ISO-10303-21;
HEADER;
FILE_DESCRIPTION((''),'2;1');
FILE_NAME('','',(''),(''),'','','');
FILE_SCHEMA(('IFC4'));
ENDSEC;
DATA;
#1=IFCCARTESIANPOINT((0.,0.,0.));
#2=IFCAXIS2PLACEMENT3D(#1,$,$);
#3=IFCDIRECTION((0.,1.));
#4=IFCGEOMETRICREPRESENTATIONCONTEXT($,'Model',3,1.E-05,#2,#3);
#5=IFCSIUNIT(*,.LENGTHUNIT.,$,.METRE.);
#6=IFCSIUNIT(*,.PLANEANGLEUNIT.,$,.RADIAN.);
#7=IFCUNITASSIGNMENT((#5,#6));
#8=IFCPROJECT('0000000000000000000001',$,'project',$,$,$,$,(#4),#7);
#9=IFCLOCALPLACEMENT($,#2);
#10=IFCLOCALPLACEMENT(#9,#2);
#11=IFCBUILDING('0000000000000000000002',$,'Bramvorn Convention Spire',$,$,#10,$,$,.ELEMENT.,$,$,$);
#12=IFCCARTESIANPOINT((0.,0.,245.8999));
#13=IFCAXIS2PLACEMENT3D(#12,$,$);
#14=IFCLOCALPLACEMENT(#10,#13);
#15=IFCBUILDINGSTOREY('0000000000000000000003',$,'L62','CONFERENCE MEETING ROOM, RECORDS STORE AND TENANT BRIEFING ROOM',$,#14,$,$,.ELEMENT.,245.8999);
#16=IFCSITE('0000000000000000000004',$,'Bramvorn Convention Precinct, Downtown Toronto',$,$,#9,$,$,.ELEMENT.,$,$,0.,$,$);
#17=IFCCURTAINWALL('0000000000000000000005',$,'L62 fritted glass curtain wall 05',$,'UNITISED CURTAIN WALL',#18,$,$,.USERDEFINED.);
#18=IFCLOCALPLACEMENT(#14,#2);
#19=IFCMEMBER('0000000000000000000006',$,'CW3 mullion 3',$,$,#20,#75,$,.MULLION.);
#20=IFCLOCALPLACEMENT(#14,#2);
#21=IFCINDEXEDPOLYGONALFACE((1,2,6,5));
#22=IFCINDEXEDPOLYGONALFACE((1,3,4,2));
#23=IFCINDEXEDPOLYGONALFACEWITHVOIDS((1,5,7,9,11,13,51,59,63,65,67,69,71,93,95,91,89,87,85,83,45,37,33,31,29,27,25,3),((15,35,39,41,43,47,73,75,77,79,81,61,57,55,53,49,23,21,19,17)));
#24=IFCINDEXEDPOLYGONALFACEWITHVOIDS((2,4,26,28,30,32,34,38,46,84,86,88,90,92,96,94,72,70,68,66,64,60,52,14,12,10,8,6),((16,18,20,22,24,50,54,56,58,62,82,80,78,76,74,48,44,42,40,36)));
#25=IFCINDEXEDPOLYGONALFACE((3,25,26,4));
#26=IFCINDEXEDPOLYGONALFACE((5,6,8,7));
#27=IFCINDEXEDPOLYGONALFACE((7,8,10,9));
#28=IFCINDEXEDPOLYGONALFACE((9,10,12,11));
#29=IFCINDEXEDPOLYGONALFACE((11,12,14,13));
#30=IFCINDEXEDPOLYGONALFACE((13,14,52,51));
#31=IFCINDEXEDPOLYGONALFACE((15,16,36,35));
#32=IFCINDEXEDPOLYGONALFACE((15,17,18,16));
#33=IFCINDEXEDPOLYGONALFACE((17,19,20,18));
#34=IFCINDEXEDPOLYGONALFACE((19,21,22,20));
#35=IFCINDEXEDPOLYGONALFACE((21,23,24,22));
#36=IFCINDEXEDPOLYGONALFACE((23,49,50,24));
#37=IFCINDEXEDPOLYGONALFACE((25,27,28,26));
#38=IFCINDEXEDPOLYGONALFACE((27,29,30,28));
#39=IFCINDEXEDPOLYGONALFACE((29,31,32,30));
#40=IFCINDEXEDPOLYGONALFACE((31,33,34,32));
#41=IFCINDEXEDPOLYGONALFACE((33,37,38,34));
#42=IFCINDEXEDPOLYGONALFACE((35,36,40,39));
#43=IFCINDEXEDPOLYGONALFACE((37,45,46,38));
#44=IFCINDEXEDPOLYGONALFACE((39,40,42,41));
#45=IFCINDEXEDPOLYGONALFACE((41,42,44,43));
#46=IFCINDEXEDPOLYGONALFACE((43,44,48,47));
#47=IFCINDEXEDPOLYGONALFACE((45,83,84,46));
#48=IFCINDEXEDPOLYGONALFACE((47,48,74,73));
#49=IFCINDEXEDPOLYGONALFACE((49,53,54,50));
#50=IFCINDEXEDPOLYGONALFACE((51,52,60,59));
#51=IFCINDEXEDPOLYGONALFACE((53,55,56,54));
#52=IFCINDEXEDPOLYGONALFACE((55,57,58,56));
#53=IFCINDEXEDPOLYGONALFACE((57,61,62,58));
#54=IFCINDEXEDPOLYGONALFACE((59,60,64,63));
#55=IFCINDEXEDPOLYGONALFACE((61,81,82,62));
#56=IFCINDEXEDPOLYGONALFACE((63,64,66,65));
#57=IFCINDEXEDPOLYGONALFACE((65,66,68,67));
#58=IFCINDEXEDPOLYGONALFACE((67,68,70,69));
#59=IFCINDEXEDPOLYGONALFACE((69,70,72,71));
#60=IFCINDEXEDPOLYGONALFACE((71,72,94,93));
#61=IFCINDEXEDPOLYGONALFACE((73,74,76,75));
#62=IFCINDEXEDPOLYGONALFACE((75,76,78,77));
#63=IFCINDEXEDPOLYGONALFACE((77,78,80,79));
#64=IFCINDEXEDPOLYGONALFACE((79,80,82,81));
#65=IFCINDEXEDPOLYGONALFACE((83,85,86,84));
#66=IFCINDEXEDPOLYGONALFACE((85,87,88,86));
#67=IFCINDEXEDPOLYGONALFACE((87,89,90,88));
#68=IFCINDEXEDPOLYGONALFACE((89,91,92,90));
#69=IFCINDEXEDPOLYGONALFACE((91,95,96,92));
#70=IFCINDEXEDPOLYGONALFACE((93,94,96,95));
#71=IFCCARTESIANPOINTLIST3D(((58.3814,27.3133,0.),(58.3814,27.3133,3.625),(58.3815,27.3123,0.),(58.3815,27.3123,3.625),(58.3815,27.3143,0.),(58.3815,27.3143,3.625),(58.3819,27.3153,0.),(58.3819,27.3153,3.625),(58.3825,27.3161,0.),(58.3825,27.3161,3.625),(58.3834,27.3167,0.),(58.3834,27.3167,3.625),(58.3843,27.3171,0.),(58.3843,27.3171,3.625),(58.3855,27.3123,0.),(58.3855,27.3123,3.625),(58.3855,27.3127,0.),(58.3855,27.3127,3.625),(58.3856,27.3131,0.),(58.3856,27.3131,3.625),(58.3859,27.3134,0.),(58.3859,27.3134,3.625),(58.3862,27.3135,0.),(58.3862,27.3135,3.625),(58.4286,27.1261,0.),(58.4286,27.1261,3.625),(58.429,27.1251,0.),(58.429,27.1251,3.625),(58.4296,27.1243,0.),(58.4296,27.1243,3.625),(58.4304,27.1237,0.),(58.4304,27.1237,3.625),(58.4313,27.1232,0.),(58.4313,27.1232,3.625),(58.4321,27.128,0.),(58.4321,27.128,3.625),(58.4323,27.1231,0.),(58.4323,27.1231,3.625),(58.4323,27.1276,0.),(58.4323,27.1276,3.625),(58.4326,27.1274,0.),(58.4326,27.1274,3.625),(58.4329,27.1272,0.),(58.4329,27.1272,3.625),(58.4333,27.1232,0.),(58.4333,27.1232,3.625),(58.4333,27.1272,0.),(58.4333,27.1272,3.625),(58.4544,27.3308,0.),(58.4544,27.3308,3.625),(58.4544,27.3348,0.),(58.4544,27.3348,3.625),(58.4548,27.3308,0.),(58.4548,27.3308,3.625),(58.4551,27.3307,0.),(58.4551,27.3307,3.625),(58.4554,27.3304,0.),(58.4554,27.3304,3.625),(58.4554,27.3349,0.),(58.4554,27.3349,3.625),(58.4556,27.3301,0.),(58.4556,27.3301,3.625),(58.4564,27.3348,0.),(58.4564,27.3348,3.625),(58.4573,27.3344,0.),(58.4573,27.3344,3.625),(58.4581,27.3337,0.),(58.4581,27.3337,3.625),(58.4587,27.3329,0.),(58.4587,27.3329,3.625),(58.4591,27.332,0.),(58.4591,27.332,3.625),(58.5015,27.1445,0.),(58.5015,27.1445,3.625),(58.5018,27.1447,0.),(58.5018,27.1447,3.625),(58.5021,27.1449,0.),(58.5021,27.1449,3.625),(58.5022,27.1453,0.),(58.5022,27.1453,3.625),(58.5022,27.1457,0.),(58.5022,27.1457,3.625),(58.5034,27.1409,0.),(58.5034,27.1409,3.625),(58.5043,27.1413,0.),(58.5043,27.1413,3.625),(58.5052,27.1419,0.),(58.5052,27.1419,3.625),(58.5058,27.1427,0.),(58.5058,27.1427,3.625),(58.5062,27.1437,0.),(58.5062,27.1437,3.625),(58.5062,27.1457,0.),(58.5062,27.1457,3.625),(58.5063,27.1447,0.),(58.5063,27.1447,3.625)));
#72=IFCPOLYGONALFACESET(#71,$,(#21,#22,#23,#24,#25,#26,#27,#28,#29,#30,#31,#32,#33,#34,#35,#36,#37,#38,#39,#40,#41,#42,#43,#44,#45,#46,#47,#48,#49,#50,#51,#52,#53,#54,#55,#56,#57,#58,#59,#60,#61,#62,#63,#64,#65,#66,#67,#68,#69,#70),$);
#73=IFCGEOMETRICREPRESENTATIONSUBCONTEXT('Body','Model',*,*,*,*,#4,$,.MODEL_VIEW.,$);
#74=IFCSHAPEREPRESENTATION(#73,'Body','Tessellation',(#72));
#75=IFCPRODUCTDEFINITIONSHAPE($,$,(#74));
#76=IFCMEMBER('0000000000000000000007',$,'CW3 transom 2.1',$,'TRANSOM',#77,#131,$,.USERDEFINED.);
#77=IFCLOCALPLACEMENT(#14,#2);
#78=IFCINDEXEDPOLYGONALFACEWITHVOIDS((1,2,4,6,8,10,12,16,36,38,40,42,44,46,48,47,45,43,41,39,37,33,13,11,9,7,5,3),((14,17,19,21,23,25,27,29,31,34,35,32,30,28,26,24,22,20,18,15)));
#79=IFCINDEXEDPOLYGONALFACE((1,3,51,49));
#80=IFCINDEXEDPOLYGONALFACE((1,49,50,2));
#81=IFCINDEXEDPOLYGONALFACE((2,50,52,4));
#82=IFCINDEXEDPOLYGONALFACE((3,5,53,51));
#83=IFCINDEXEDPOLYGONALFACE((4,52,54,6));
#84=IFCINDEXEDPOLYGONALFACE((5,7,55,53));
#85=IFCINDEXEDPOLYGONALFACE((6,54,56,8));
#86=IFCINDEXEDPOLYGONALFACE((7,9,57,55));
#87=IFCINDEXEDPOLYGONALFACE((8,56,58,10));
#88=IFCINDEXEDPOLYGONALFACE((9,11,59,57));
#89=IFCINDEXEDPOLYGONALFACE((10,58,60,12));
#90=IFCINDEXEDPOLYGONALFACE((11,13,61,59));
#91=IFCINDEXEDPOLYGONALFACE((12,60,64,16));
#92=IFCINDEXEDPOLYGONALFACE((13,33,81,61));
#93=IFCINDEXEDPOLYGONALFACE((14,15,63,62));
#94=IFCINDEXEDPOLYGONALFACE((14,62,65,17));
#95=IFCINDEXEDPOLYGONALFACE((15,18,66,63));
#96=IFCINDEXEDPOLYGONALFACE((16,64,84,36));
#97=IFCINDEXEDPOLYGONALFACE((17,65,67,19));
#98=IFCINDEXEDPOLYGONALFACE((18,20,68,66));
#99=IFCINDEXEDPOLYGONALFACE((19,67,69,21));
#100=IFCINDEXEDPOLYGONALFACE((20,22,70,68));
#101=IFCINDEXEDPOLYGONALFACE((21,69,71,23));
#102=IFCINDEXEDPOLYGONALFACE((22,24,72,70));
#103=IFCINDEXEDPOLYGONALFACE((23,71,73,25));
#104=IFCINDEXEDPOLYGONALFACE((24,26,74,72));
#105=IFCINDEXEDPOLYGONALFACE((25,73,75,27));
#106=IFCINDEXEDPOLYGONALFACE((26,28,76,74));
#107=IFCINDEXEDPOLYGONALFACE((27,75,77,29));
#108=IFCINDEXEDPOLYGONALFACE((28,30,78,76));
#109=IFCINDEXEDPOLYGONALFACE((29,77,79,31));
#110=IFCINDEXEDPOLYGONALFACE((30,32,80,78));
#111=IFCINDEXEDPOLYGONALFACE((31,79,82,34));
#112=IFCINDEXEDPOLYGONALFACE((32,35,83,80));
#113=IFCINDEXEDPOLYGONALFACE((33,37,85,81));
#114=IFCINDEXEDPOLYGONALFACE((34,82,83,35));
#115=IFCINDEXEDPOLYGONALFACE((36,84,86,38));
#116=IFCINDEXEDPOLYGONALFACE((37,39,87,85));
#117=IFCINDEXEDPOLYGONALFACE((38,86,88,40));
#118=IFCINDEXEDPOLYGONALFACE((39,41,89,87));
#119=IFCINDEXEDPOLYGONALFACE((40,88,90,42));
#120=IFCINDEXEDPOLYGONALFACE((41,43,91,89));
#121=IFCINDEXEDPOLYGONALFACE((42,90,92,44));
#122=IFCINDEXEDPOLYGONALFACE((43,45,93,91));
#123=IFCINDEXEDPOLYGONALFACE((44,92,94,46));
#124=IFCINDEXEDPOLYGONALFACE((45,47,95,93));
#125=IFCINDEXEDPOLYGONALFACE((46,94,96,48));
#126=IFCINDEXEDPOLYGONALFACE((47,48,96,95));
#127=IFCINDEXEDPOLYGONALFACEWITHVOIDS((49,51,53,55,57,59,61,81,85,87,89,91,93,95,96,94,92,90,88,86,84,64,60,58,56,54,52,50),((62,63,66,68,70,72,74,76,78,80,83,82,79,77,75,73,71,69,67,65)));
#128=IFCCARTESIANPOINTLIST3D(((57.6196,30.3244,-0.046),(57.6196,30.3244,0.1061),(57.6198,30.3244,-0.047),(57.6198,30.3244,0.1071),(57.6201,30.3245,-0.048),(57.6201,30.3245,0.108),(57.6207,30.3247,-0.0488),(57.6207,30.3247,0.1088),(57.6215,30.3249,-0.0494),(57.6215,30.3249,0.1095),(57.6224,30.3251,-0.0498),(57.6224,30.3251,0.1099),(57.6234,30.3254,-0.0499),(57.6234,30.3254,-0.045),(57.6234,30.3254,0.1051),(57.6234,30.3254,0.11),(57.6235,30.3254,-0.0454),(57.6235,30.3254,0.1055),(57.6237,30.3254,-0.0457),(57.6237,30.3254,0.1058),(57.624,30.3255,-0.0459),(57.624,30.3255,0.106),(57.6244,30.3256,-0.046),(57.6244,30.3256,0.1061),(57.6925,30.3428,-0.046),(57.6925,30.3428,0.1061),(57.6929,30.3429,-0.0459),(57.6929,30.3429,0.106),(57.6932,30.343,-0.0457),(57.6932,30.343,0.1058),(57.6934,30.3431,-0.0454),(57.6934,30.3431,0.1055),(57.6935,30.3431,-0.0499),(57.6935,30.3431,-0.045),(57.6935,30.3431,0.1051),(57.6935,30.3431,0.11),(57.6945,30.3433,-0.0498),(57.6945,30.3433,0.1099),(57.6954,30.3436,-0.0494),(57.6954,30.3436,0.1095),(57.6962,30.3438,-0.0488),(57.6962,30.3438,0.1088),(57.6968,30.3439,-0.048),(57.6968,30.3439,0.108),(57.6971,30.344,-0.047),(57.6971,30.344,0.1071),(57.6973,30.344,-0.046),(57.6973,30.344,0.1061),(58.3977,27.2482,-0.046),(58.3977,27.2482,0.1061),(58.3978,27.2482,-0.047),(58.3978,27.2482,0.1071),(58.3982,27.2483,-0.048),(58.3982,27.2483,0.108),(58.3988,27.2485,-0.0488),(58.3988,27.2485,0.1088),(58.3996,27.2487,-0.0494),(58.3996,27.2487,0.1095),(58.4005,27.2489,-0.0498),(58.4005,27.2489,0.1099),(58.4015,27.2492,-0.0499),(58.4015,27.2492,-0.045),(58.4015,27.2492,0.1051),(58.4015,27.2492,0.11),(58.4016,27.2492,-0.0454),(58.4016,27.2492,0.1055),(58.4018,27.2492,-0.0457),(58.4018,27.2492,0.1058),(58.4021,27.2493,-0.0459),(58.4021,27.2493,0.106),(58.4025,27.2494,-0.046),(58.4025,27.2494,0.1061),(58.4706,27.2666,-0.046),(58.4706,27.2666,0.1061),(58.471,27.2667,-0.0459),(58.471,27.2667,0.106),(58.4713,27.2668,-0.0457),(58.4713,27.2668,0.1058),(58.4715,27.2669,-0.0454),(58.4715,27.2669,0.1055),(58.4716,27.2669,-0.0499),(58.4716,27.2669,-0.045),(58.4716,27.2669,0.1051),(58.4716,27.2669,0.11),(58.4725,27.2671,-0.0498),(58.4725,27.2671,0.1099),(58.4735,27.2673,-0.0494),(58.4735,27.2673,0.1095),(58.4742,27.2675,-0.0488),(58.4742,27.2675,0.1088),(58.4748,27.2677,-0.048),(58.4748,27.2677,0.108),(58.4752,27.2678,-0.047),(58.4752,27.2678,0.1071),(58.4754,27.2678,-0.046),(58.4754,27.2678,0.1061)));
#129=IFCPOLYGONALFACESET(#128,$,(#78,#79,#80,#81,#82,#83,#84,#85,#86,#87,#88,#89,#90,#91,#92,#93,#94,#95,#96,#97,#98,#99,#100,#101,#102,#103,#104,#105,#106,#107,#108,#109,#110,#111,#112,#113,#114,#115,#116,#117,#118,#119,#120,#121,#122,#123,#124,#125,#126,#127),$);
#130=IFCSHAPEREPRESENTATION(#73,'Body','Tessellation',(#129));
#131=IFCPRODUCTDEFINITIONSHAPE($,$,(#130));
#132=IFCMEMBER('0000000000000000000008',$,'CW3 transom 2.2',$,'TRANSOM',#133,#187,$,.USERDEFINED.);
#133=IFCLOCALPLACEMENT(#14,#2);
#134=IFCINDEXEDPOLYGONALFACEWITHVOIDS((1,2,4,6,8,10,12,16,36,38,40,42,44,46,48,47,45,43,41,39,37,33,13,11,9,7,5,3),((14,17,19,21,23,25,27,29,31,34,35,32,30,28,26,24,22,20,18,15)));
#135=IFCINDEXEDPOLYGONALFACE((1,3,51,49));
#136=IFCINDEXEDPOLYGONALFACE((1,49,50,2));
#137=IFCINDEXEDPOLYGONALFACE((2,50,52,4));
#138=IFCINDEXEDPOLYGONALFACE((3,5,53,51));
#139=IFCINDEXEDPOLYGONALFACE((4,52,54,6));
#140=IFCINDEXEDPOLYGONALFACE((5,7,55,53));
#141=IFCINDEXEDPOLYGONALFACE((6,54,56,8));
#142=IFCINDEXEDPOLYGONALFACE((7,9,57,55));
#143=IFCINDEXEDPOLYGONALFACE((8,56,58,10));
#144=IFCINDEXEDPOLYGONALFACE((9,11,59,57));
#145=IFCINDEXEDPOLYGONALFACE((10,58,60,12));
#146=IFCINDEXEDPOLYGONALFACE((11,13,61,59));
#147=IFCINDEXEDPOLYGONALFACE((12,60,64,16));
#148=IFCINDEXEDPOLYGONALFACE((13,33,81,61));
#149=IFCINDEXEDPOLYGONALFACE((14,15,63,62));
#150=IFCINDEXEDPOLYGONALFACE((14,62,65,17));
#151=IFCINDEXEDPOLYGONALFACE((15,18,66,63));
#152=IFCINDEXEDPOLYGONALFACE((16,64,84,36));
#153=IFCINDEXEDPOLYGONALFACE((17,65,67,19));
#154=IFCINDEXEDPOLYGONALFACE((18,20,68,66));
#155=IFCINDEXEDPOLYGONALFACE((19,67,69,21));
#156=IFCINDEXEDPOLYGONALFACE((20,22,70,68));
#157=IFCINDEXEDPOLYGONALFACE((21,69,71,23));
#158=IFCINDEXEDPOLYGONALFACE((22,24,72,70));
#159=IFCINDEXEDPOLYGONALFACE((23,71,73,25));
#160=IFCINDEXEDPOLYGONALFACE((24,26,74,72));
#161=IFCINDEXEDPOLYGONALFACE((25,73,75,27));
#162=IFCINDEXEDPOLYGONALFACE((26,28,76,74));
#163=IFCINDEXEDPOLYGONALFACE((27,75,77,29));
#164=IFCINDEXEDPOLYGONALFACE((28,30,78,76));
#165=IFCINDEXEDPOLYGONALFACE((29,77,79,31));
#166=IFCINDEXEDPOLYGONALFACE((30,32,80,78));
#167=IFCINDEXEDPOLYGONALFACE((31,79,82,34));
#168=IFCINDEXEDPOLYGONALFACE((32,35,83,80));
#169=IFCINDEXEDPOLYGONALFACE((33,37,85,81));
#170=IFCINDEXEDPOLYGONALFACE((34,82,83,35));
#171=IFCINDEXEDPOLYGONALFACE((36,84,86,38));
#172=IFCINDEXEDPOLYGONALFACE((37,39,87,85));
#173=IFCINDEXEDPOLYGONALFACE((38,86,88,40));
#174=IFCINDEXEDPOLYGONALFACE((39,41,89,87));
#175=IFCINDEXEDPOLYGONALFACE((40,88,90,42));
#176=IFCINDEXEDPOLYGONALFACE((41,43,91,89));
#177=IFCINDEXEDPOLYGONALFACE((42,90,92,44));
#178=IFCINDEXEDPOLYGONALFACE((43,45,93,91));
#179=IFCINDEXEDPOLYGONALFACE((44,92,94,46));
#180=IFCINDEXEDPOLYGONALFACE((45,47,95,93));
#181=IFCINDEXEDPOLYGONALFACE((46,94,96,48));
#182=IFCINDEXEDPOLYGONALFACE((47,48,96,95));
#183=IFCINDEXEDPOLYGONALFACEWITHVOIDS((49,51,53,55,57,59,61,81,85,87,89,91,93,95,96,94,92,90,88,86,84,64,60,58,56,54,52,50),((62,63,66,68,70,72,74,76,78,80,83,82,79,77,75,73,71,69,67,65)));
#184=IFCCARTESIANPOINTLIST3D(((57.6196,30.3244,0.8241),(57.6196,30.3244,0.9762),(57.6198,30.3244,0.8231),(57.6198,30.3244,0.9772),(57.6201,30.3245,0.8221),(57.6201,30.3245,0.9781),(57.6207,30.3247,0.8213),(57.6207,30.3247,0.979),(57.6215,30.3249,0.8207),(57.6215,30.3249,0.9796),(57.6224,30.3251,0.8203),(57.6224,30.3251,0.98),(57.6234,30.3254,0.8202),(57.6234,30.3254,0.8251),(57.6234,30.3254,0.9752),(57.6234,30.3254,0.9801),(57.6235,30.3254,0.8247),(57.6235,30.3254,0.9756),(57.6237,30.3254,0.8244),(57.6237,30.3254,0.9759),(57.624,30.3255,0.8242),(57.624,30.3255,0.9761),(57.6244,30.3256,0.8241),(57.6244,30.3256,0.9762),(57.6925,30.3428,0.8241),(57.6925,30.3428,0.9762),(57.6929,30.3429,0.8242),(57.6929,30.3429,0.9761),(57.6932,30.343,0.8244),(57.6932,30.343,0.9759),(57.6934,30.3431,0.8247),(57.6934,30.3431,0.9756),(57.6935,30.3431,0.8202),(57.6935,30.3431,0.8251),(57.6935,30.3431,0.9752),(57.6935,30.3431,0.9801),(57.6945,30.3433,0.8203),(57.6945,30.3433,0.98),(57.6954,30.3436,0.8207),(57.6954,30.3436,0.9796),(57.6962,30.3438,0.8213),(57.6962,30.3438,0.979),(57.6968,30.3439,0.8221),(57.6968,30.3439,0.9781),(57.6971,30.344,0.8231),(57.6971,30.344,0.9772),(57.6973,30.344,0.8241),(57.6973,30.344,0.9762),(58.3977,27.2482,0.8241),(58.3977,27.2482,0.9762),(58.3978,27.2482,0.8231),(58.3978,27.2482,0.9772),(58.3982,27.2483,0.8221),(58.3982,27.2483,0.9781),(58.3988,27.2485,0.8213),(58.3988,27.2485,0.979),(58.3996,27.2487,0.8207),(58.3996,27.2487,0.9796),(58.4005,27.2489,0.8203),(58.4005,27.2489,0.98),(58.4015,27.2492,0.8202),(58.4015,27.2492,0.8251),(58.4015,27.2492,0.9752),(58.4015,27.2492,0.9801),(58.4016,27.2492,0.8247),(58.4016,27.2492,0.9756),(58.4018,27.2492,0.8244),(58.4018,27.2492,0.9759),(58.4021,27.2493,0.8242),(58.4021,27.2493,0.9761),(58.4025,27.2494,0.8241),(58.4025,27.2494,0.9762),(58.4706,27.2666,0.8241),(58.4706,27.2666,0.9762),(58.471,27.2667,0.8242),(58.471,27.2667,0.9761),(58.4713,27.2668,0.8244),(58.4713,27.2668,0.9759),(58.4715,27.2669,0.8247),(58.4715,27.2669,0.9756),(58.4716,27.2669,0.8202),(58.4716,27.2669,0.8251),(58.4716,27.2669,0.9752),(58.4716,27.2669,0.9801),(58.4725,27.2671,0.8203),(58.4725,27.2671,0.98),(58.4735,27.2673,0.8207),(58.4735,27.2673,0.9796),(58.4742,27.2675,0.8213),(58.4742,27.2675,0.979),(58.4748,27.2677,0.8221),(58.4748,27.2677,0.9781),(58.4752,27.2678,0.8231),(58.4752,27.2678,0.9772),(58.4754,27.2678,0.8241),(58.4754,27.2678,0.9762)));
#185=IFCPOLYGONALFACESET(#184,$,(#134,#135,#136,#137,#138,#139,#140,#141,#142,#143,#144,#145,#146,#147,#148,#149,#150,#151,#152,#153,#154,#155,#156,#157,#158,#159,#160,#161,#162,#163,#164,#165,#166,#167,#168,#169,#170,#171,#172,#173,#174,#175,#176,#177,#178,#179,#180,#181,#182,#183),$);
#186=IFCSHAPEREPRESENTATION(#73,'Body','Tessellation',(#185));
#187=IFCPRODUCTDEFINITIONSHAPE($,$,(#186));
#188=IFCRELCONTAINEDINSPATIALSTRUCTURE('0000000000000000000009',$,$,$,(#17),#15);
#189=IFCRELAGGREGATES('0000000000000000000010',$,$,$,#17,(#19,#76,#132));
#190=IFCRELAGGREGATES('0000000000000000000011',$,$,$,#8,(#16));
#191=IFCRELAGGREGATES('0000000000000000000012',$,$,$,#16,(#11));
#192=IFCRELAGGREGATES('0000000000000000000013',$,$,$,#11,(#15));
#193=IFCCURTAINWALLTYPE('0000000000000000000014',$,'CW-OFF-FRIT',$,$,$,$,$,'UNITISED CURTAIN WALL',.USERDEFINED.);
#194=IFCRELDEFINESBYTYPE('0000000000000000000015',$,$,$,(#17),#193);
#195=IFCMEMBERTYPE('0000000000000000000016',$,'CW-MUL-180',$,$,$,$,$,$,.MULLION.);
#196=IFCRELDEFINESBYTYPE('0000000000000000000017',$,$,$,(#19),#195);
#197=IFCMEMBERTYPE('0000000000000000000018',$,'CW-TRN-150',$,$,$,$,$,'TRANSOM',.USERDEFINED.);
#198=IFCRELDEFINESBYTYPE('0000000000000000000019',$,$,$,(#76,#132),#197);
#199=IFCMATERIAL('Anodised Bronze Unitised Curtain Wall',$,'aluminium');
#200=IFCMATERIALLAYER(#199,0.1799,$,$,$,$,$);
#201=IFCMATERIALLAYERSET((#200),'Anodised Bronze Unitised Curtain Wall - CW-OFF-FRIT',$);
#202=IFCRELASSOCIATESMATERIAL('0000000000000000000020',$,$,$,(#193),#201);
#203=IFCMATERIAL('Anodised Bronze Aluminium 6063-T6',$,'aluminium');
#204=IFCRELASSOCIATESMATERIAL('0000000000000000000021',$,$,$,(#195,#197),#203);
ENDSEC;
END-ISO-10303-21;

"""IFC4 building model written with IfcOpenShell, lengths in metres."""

from ifc_helpers import new_model, si_unit, direction, frame, origin, origin_2d, place, context, subcontext, project, spatial, hollow_rectangle, extrude, material, layer, layer_set, material_profile, profile_set, type_object, element, aggregate, save


model = new_model("IFC4")

# Units and contexts
model_context = context("Model", 3, precision=1e-05, world=origin(), true_north=direction((0.0, 1.0)))
body_context = subcontext(model_context, "Body", "Model", "MODEL_VIEW")
ifc_project = project(units=[si_unit("LENGTHUNIT", "METRE"), si_unit("PLANEANGLEUNIT", "RADIAN")], contexts=[model_context])

# Site, building, storey
site_placement = place(None, origin())
site = spatial("IfcSite", under=ifc_project, at=site_placement, Name="Bramvorn Convention Precinct, Downtown Toronto", CompositionType="ELEMENT", RefElevation=0.0)
building_placement = place(site_placement, origin())
building = spatial("IfcBuilding", under=site, at=building_placement, Name="Bramvorn Convention Spire", CompositionType="ELEMENT")
storey_placement = place(building_placement, frame((0.0, 0.0, 245.8999)))
storey = spatial("IfcBuildingStorey", under=building, at=storey_placement, Name="L62", Description="CONFERENCE MEETING ROOM, RECORDS STORE AND TENANT BRIEFING ROOM", CompositionType="ELEMENT", Elevation=245.8999)

# Curtain wall, members
ifc_material_1 = material(Name="Anodised Bronze Unitised Curtain Wall", Category="aluminium")
ifc_layer_1 = layer(ifc_material_1, 0.1799)
ifc_layer_set_1 = layer_set([ifc_layer_1], Name="Anodised Bronze Unitised Curtain Wall - CW-OFF-FRIT")
curtain_wall_type = type_object("IfcCurtainWallType", Name="CW-OFF-FRIT", ElementType="UNITISED CURTAIN WALL", PredefinedType="USERDEFINED", material=ifc_layer_set_1)
curtain_wall_placement = place(storey_placement, origin())
curtain_wall = element("IfcCurtainWall", 1, at=curtain_wall_placement, inside=storey, type_object=curtain_wall_type, Name="L62 fritted glass curtain wall 05", ObjectType="UNITISED CURTAIN WALL", PredefinedType="USERDEFINED")
ifc_material_2 = material(Name="Anodised Bronze Aluminium 6063-T6", Category="aluminium")
ifc_material_profile_1 = material_profile(ifc_material_2, hollow_rectangle(XDim=0.0801, YDim=0.2, WallThickness=0.0039, InnerFilletRadius=0.001, OuterFilletRadius=0.0039, at=origin_2d()))
ifc_profile_set_1 = profile_set([ifc_material_profile_1], Name="Anodised Bronze Aluminium 6063-T6 - CWM80X200")
member_type_1 = type_object("IfcMemberType", Name="CW-MUL-180", PredefinedType="MULLION", material=ifc_profile_set_1)
member_1_placement = place(storey_placement, frame((58.4438, 27.229, 0.0), z_axis=(0.0, 0.0, 1.0), x_axis=(0.969477, 0.245181, 0.0)))
member_1 = element("IfcMember", 2, at=member_1_placement, type_object=member_type_1, Name="CW3 mullion 3", PredefinedType="MULLION", context=body_context, shape_type="SweptSolid", body=[
    extrude(hollow_rectangle(XDim=0.0801, YDim=0.2, WallThickness=0.0039, InnerFilletRadius=0.001, OuterFilletRadius=0.0039, at=origin_2d()), origin(), (0.0, 0.0, 1.0), 3.625),
])
ifc_material_profile_2 = material_profile(ifc_material_2, hollow_rectangle(XDim=0.0801, YDim=0.1599, WallThickness=0.0039, InnerFilletRadius=0.001, OuterFilletRadius=0.0039, at=origin_2d()))
ifc_profile_set_2 = profile_set([ifc_material_profile_2], Name="Anodised Bronze Aluminium 6063-T6 - CWT80X160")
member_type_2 = type_object("IfcMemberType", Name="CW-TRN-150", ElementType="TRANSOM", PredefinedType="USERDEFINED", material=ifc_profile_set_2)
member_2_placement = place(storey_placement, frame((57.6584, 30.3342, 0.03), z_axis=(0.245214, -0.969469, 0.0), x_axis=(0.969469, 0.245214, 0.0)))
member_2 = element("IfcMember", 3, at=member_2_placement, type_object=member_type_2, Name="CW3 transom 2.1", ObjectType="TRANSOM", PredefinedType="USERDEFINED", context=body_context, shape_type="SweptSolid", body=[
    extrude(hollow_rectangle(XDim=0.0801, YDim=0.1599, WallThickness=0.0039, InnerFilletRadius=0.001, OuterFilletRadius=0.0039, at=origin_2d()), origin(), (0.0, 0.0, 1.0), 3.1731),
])
member_3_placement = place(storey_placement, frame((57.6584, 30.3342, 0.9001), z_axis=(0.245214, -0.969469, 0.0), x_axis=(0.969469, 0.245214, 0.0)))
member_3 = element("IfcMember", 4, at=member_3_placement, type_object=member_type_2, Name="CW3 transom 2.2", ObjectType="TRANSOM", PredefinedType="USERDEFINED", context=body_context, shape_type="SweptSolid", body=[
    extrude(hollow_rectangle(XDim=0.0801, YDim=0.1599, WallThickness=0.0039, InnerFilletRadius=0.001, OuterFilletRadius=0.0039, at=origin_2d()), origin(), (0.0, 0.0, 1.0), 3.1731),
])
aggregate(curtain_wall, [member_1, member_2, member_3])

save(model, "model.ifc")
